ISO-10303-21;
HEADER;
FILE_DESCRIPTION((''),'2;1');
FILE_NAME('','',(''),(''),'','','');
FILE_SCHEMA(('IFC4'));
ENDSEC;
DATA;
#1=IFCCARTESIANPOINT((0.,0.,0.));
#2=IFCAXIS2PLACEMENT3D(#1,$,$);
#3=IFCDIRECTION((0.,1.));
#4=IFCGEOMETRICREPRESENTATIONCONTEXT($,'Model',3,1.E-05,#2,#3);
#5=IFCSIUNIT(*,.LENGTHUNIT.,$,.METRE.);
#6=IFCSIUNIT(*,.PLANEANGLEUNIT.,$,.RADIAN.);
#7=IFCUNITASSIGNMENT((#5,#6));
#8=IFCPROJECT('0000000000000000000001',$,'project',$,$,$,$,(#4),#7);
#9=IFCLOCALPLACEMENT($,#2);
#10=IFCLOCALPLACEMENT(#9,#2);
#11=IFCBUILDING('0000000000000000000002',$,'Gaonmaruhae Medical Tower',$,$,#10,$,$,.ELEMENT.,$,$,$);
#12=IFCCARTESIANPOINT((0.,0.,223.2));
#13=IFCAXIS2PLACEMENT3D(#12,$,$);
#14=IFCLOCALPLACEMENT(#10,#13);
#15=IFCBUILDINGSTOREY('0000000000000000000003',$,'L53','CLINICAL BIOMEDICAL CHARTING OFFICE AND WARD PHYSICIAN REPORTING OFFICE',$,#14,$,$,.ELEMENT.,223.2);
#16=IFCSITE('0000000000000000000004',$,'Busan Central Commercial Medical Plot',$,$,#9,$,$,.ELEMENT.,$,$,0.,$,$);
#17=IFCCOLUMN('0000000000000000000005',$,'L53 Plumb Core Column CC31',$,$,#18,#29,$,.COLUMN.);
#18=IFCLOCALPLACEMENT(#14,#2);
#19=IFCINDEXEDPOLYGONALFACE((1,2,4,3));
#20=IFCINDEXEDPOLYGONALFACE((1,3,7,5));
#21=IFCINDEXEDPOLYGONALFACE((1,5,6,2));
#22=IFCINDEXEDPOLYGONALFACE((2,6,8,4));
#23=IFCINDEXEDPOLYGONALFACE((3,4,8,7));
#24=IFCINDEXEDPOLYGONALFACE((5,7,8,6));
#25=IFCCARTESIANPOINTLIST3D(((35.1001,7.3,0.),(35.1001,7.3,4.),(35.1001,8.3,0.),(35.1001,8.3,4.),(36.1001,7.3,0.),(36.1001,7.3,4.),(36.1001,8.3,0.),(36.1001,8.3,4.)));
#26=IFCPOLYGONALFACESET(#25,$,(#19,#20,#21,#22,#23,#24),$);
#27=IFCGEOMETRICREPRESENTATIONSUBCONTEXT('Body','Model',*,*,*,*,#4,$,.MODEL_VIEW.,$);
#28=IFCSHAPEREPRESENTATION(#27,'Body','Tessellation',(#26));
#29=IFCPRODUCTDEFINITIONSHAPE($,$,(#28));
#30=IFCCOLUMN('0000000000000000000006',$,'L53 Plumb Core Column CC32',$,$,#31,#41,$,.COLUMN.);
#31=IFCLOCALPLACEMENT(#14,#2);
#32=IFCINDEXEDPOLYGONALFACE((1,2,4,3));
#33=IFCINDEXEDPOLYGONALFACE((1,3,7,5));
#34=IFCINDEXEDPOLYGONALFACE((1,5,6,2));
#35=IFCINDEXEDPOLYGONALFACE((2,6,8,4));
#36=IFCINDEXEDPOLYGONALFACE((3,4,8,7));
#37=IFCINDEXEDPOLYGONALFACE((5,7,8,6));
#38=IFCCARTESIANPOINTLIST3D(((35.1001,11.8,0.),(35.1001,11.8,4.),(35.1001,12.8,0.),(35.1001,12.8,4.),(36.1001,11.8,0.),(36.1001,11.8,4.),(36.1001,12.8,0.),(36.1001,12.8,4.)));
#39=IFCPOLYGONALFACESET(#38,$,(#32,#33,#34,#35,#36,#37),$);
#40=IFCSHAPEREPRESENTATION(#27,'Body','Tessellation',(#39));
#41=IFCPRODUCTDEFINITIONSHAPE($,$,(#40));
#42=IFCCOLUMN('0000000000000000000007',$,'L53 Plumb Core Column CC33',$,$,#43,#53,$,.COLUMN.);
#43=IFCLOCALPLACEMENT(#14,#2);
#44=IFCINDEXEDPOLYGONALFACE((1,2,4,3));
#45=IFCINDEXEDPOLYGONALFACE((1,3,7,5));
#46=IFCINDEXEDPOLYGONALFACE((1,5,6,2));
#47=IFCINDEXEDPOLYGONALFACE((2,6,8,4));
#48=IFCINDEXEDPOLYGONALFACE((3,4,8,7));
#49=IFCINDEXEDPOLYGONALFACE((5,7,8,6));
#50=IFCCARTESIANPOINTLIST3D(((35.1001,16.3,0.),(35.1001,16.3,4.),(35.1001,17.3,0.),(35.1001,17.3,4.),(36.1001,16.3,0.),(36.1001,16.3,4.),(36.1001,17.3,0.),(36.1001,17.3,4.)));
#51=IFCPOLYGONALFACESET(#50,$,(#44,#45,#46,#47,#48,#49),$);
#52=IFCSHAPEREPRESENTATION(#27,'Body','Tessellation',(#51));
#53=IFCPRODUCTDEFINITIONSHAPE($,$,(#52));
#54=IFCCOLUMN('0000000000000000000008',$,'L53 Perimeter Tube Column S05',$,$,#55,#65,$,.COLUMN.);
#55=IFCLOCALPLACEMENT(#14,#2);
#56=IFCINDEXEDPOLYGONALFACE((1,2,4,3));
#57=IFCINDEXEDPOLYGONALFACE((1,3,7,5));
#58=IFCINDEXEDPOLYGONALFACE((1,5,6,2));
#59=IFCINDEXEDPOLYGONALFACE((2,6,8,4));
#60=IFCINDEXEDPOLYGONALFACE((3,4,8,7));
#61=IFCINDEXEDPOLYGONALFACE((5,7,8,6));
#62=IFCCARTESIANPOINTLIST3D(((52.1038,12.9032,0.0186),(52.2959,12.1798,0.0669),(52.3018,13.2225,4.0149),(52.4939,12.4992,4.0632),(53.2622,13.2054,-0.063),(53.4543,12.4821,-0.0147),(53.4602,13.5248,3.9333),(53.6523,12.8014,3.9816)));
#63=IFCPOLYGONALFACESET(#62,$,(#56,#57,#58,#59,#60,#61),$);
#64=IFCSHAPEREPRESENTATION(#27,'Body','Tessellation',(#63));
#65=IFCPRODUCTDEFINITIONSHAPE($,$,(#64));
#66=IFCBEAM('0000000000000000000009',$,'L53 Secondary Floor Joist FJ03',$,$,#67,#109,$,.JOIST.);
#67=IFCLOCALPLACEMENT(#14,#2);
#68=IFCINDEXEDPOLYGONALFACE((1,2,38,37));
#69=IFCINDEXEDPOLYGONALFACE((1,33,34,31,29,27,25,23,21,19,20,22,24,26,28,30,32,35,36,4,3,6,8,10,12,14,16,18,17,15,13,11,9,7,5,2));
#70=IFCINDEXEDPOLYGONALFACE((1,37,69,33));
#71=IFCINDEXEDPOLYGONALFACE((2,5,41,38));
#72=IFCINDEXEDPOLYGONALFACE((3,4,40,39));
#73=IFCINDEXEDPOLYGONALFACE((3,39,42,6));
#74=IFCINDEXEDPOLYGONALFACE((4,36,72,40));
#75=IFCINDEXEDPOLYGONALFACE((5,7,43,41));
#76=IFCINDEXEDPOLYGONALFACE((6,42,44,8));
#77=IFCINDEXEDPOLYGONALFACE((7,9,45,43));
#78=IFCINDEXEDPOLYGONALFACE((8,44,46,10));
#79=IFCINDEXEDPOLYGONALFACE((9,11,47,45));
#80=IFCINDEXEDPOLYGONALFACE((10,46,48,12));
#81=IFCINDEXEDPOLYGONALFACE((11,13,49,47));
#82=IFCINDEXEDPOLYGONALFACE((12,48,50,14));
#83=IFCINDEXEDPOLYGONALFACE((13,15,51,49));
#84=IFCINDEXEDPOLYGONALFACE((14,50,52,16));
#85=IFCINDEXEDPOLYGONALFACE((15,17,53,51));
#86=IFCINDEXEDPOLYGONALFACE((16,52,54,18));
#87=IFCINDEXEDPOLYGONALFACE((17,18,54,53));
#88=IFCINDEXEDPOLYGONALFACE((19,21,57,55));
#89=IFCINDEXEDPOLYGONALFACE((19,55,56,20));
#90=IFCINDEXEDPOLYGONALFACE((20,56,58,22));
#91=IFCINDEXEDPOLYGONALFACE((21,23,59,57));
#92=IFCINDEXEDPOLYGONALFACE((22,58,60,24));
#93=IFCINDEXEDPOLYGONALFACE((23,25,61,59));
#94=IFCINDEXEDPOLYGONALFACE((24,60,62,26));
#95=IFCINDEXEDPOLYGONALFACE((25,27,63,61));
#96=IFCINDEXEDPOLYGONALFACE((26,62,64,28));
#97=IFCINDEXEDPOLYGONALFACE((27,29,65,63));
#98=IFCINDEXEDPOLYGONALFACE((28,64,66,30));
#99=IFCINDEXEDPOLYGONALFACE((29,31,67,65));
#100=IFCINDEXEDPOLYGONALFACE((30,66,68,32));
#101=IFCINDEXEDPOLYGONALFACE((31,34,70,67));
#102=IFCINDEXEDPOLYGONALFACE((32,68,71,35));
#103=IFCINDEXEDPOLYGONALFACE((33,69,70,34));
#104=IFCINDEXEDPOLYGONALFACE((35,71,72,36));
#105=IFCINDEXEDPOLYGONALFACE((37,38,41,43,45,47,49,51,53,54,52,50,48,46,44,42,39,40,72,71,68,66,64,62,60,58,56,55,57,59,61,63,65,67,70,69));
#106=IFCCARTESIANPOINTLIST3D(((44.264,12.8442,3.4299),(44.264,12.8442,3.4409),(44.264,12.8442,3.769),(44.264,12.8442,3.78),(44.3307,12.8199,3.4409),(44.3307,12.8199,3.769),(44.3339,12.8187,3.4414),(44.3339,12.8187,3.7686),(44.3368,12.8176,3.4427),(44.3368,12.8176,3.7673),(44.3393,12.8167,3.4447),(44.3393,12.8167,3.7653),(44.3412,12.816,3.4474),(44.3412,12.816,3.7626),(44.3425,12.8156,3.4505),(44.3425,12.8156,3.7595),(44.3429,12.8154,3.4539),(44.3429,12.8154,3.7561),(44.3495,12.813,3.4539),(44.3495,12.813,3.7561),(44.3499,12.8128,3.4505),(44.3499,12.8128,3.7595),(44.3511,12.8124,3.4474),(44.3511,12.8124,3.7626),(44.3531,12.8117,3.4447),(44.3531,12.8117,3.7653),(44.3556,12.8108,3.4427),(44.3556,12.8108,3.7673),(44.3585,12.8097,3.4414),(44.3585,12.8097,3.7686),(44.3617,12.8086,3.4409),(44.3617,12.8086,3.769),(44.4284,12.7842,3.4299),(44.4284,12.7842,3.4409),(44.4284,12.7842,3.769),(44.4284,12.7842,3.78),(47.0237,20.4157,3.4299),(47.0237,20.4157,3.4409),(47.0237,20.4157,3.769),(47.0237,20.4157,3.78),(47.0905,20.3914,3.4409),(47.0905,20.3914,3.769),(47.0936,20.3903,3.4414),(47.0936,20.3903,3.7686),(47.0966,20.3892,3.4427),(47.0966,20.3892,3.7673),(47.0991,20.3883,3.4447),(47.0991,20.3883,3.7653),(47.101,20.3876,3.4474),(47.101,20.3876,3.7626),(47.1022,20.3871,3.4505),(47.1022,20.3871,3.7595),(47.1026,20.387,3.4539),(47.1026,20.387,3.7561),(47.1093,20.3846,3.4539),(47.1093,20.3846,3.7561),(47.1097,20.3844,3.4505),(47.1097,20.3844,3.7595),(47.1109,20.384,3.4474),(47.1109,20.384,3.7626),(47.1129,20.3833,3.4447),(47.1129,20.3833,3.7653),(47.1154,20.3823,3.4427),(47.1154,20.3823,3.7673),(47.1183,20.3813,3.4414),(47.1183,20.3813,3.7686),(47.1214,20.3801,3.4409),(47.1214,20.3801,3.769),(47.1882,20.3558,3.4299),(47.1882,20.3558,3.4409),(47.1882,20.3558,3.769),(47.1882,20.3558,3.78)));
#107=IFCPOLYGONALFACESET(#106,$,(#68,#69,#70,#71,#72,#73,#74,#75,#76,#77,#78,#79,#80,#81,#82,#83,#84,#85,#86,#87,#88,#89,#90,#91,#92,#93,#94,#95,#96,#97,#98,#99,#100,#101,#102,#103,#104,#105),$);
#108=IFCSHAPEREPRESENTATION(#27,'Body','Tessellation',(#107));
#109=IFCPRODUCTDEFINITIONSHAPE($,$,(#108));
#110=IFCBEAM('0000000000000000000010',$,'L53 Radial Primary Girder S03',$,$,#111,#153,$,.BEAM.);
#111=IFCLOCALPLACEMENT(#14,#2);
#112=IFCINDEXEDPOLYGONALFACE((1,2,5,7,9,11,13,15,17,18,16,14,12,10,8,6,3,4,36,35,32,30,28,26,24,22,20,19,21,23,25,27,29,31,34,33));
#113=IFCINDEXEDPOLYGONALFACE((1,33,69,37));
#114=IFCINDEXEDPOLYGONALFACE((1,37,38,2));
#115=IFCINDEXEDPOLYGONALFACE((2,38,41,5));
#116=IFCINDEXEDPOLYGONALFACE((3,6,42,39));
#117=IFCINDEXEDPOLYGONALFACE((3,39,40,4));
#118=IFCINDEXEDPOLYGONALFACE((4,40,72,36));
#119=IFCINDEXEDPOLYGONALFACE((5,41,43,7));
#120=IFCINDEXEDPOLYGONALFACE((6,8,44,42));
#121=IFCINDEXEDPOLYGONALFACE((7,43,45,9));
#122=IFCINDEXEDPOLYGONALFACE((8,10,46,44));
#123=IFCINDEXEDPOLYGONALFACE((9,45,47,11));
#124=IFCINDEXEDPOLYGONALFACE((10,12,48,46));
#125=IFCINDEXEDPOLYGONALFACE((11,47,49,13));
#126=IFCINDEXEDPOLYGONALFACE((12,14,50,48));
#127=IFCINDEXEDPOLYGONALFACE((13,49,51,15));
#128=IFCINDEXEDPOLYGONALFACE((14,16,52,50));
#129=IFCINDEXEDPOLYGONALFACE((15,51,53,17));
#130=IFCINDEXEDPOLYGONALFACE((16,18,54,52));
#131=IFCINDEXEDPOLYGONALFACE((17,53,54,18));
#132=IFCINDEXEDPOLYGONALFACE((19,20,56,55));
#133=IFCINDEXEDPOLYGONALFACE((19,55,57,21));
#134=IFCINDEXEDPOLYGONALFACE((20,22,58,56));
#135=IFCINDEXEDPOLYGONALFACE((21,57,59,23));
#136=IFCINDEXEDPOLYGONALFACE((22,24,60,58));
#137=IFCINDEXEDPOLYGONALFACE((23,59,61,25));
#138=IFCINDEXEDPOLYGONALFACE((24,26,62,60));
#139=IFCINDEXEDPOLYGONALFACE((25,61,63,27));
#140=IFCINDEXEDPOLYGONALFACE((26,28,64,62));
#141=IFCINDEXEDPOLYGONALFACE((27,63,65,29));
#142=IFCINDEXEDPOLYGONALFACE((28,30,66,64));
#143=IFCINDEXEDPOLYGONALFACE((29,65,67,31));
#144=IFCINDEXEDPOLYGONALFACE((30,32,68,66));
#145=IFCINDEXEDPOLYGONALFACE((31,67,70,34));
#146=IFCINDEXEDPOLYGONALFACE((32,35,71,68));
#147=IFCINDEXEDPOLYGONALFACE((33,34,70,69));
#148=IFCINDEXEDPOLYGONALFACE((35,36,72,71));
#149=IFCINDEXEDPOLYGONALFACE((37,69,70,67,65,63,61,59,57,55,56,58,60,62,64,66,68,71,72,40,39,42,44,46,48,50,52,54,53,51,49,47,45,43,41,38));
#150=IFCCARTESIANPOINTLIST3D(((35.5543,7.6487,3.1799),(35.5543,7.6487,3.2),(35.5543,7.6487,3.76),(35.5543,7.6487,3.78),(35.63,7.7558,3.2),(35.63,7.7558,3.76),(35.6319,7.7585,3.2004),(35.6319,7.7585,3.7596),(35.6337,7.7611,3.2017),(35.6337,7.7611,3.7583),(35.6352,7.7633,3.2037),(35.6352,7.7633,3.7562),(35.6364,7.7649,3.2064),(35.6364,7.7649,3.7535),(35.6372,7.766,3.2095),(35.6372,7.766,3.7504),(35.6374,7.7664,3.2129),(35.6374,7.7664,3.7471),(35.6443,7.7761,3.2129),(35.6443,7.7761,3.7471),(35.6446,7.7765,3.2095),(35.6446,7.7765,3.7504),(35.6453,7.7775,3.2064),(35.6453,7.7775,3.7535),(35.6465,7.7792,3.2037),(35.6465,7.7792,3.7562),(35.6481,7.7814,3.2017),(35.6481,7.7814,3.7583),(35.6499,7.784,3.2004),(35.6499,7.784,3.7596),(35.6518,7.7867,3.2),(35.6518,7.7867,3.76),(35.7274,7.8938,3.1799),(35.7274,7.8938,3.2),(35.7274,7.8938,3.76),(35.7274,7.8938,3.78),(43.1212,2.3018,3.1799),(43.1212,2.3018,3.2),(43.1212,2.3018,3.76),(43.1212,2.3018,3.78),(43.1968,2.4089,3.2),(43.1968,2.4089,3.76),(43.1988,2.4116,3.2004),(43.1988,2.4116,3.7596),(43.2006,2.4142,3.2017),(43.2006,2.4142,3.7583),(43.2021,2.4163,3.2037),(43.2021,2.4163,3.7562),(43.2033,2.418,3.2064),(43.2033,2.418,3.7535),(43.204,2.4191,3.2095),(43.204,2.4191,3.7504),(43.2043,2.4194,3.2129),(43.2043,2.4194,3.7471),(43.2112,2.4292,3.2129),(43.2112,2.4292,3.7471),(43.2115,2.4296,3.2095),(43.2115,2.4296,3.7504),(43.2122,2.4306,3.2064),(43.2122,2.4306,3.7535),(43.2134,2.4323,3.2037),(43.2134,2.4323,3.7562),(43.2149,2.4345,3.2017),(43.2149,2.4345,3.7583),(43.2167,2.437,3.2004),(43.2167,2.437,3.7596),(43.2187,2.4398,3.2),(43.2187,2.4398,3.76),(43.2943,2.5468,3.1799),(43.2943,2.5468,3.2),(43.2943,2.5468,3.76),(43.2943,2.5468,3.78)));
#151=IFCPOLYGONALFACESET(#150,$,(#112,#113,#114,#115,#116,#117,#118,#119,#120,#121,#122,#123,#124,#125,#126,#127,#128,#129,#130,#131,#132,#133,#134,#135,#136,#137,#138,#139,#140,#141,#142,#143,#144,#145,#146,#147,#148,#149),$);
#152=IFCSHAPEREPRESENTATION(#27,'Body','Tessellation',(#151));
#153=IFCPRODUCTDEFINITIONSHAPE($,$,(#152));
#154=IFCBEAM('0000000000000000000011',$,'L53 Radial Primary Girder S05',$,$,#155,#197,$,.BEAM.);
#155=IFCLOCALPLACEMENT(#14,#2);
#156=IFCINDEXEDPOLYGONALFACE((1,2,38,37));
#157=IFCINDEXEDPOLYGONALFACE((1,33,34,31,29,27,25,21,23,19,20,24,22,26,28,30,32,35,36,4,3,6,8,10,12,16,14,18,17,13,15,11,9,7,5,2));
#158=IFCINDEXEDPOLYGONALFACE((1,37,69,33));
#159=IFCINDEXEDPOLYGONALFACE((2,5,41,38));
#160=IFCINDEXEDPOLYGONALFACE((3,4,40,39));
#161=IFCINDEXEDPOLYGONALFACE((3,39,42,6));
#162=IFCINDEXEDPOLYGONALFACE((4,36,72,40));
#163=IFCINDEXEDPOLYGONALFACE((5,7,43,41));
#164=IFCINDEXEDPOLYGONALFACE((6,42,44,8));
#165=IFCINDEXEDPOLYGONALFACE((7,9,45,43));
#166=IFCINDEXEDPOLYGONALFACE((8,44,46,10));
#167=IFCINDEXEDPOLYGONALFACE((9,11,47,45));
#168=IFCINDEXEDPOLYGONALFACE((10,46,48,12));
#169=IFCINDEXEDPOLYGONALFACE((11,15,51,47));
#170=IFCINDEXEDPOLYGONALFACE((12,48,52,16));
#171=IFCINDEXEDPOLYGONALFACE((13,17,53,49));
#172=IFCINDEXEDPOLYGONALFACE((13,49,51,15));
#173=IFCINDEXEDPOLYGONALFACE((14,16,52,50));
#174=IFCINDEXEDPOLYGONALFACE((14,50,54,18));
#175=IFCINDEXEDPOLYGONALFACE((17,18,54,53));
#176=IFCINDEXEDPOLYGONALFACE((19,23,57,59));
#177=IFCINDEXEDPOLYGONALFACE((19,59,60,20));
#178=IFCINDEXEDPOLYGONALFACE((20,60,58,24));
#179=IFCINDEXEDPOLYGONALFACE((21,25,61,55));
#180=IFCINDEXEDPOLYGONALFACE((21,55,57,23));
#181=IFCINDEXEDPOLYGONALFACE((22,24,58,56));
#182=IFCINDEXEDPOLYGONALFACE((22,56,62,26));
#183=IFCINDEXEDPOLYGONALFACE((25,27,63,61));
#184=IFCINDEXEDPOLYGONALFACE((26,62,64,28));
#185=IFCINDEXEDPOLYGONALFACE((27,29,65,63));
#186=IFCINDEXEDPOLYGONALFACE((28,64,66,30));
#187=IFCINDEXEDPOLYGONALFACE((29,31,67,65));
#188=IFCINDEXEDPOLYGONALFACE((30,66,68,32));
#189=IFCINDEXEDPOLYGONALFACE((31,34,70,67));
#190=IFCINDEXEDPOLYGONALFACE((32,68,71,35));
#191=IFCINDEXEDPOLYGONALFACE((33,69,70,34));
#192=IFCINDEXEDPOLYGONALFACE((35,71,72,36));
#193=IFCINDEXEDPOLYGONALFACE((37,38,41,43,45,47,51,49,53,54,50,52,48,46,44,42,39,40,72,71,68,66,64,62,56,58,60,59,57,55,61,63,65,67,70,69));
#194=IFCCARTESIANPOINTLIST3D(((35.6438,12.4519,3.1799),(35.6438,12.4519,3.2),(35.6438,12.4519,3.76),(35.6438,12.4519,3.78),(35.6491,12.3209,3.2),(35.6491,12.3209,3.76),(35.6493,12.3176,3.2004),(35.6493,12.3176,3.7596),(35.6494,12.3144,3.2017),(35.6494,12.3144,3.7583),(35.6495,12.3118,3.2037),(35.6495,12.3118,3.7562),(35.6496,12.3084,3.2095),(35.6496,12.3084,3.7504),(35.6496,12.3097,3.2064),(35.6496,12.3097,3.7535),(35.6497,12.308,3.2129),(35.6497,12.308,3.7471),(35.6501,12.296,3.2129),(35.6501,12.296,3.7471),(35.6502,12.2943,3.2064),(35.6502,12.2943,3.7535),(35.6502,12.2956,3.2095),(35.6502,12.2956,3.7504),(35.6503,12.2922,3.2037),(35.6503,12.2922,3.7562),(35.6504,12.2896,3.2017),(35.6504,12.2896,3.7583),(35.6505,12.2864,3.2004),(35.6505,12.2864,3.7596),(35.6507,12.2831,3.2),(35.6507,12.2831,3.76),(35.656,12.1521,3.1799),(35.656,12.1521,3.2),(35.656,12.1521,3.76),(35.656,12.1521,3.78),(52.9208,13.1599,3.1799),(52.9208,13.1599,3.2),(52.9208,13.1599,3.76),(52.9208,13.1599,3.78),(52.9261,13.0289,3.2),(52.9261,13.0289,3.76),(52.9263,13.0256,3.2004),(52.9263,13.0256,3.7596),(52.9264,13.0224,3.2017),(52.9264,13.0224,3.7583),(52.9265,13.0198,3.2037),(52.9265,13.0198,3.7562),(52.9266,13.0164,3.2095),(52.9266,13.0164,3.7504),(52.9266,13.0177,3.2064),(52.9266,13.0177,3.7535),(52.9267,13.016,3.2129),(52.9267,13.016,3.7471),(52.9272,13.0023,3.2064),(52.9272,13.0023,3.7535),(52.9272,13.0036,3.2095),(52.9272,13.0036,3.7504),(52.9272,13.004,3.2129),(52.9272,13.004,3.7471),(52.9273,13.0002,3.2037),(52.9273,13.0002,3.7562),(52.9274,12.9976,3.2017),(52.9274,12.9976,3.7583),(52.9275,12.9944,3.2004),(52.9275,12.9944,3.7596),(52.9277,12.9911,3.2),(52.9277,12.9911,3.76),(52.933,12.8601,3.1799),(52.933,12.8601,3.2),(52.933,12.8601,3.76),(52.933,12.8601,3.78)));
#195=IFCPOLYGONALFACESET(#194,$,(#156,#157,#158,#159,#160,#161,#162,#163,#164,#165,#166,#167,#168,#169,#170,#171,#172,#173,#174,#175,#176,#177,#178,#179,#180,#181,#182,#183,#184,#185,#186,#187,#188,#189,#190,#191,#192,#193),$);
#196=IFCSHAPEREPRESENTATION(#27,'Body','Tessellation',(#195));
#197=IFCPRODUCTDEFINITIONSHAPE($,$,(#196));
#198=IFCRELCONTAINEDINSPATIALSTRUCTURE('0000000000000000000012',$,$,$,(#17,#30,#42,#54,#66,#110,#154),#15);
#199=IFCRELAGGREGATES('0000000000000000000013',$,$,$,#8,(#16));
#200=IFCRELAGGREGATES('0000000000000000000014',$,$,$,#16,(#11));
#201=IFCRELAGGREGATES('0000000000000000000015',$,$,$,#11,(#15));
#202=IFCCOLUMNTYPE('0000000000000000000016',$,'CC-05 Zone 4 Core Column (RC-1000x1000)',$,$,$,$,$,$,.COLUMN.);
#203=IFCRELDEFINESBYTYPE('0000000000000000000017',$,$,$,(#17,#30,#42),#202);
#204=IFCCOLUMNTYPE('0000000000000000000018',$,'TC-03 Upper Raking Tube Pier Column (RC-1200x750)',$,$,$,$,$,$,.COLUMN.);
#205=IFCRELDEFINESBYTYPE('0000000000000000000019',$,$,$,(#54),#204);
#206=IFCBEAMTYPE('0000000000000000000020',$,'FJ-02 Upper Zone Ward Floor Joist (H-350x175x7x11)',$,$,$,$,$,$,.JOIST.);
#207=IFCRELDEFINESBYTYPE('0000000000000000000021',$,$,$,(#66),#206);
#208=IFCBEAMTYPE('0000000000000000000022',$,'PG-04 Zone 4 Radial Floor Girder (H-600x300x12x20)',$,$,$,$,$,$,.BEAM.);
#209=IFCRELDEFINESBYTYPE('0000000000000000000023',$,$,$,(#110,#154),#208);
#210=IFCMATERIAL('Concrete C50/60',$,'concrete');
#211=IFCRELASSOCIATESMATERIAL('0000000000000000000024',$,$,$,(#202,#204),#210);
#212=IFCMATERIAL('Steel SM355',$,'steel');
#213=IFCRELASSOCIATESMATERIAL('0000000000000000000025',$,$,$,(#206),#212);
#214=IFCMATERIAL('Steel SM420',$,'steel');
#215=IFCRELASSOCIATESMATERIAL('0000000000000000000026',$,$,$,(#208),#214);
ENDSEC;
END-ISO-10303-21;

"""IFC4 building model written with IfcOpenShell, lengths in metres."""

from ifc_helpers import new_model, si_unit, direction, frame, origin, origin_2d, place, context, subcontext, project, spatial, rectangle, i_section, extrude, material, material_profile, profile_set, type_object, element, save


model = new_model("IFC4")

# Units and contexts
model_context = context("Model", 3, precision=1e-05, world=origin(), true_north=direction((0.0, 1.0)))
body_context = subcontext(model_context, "Body", "Model", "MODEL_VIEW")
ifc_project = project(units=[si_unit("LENGTHUNIT", "METRE"), si_unit("PLANEANGLEUNIT", "RADIAN")], contexts=[model_context])

# Site, building, storey
site_placement = place(None, origin())
site = spatial("IfcSite", under=ifc_project, at=site_placement, Name="Busan Central Commercial Medical Plot", CompositionType="ELEMENT", RefElevation=0.0)
building_placement = place(site_placement, origin())
building = spatial("IfcBuilding", under=site, at=building_placement, Name="Gaonmaruhae Medical Tower", CompositionType="ELEMENT")
storey_placement = place(building_placement, frame((0.0, 0.0, 223.2)))
storey = spatial("IfcBuildingStorey", under=building, at=storey_placement, Name="L53", Description="CLINICAL BIOMEDICAL CHARTING OFFICE AND WARD PHYSICIAN REPORTING OFFICE", CompositionType="ELEMENT", Elevation=223.2)

# Columns
ifc_material_1 = material(Name="Concrete C50/60", Category="concrete")
ifc_material_profile_1 = material_profile(ifc_material_1, rectangle(XDim=1.0, YDim=1.0, at=origin_2d()), Name="RC-1000x1000")
ifc_profile_set_1 = profile_set([ifc_material_profile_1], Name="Concrete C50/60")
column_type_1 = type_object("IfcColumnType", Name="CC-05 Zone 4 Core Column (RC-1000x1000)", PredefinedType="COLUMN", material=ifc_profile_set_1)
for number, where, z_axis, x_axis, name in (
    (1, (35.6001, 7.8, 0.0), (0.0, 0.0, 1.0), (1.0, 0.0, 0.0), "L53 Plumb Core Column CC31"),
    (2, (35.6001, 12.3, 0.0), (0.0, 0.0, 1.0), (1.0, 0.0, 0.0), "L53 Plumb Core Column CC32"),
    (3, (35.6001, 16.8, 0.0), (0.0, 0.0, 1.0), (1.0, 0.0, 0.0), "L53 Plumb Core Column CC33"),
):
    element("IfcColumn", number, at=place(storey_placement, frame(where, z_axis=z_axis, x_axis=x_axis)), inside=storey, type_object=column_type_1, Name=name, PredefinedType="COLUMN", context=body_context, shape_type="SweptSolid", body=[
        extrude(rectangle(XDim=1.0, YDim=1.0, at=origin_2d()), origin(), (0.0, 0.0, 1.0), 4.0),
    ])
ifc_material_profile_2 = material_profile(ifc_material_1, rectangle(XDim=1.2, YDim=0.75, at=origin_2d()), Name="RC-1200x750")
ifc_profile_set_2 = profile_set([ifc_material_profile_2], Name="Concrete C50/60")
column_type_2 = type_object("IfcColumnType", Name="TC-03 Upper Raking Tube Pier Column (RC-1200x750)", PredefinedType="COLUMN", material=ifc_profile_set_2)
column_placement = place(storey_placement, frame((52.7791, 12.6926, 0.002), z_axis=(0.049327, 0.079556, 0.995609), x_axis=(-0.965367, -0.25189, 0.067957)))
element("IfcColumn", 4, at=column_placement, inside=storey, type_object=column_type_2, Name="L53 Perimeter Tube Column S05", PredefinedType="COLUMN", context=body_context, shape_type="SweptSolid", body=[
    extrude(rectangle(XDim=1.2, YDim=0.75, at=origin_2d()), origin(), (0.0, 0.0, 1.0), 4.0139),
])

# Beams
ifc_material_2 = material(Name="Steel SM355", Category="steel")
ifc_material_profile_3 = material_profile(ifc_material_2, i_section(OverallWidth=0.175, OverallDepth=0.3501, WebThickness=0.0071, FlangeThickness=0.011, FilletRadius=0.0129, at=origin_2d()), Name="H-350x175x7x11")
ifc_profile_set_3 = profile_set([ifc_material_profile_3], Name="Steel SM355")
beam_type_1 = type_object("IfcBeamType", Name="FJ-02 Upper Zone Ward Floor Joist (H-350x175x7x11)", PredefinedType="JOIST", material=ifc_profile_set_3)
beam_1_placement = place(storey_placement, frame((44.3462, 12.8142, 3.605), z_axis=(0.342453, 0.939535, 0.0), x_axis=(-0.939535, 0.342453, 0.0)))
element("IfcBeam", 5, at=beam_1_placement, inside=storey, type_object=beam_type_1, Name="L53 Secondary Floor Joist FJ03", PredefinedType="JOIST", context=body_context, shape_type="SweptSolid", body=[
    extrude(i_section(OverallWidth=0.175, OverallDepth=0.3501, WebThickness=0.0071, FlangeThickness=0.011, FilletRadius=0.0129, at=origin_2d()), origin(), (0.0, 0.0, 1.0), 8.0588),
])
ifc_material_3 = material(Name="Steel SM420", Category="steel")
ifc_material_profile_4 = material_profile(ifc_material_3, i_section(OverallWidth=0.3, OverallDepth=0.6001, WebThickness=0.012, FlangeThickness=0.02, FilletRadius=0.0129, at=origin_2d()), Name="H-600x300x12x20")
ifc_profile_set_4 = profile_set([ifc_material_profile_4], Name="Steel SM420")
beam_type_2 = type_object("IfcBeamType", Name="PG-04 Zone 4 Radial Floor Girder (H-600x300x12x20)", PredefinedType="BEAM", material=ifc_profile_set_4)
beam_2_placement = place(storey_placement, frame((35.6409, 7.7712, 3.48), z_axis=(0.816684, -0.577086, 0.0), x_axis=(0.577086, 0.816684, 0.0)))
element("IfcBeam", 6, at=beam_2_placement, inside=storey, type_object=beam_type_2, Name="L53 Radial Primary Girder S03", PredefinedType="BEAM", context=body_context, shape_type="SweptSolid", body=[
    extrude(i_section(OverallWidth=0.3, OverallDepth=0.6001, WebThickness=0.012, FlangeThickness=0.02, FilletRadius=0.0129, at=origin_2d()), origin(), (0.0, 0.0, 1.0), 9.2654),
])
beam_3_placement = place(storey_placement, frame((35.6499, 12.302, 3.48), z_axis=(0.999161, 0.040945, 0.0), x_axis=(-0.040945, 0.999161, 0.0)))
element("IfcBeam", 7, at=beam_3_placement, inside=storey, type_object=beam_type_2, Name="L53 Radial Primary Girder S05", PredefinedType="BEAM", context=body_context, shape_type="SweptSolid", body=[
    extrude(i_section(OverallWidth=0.3, OverallDepth=0.6001, WebThickness=0.012, FlangeThickness=0.02, FilletRadius=0.0129, at=origin_2d()), origin(), (0.0, 0.0, 1.0), 17.2915),
])

save(model, "model.ifc")
